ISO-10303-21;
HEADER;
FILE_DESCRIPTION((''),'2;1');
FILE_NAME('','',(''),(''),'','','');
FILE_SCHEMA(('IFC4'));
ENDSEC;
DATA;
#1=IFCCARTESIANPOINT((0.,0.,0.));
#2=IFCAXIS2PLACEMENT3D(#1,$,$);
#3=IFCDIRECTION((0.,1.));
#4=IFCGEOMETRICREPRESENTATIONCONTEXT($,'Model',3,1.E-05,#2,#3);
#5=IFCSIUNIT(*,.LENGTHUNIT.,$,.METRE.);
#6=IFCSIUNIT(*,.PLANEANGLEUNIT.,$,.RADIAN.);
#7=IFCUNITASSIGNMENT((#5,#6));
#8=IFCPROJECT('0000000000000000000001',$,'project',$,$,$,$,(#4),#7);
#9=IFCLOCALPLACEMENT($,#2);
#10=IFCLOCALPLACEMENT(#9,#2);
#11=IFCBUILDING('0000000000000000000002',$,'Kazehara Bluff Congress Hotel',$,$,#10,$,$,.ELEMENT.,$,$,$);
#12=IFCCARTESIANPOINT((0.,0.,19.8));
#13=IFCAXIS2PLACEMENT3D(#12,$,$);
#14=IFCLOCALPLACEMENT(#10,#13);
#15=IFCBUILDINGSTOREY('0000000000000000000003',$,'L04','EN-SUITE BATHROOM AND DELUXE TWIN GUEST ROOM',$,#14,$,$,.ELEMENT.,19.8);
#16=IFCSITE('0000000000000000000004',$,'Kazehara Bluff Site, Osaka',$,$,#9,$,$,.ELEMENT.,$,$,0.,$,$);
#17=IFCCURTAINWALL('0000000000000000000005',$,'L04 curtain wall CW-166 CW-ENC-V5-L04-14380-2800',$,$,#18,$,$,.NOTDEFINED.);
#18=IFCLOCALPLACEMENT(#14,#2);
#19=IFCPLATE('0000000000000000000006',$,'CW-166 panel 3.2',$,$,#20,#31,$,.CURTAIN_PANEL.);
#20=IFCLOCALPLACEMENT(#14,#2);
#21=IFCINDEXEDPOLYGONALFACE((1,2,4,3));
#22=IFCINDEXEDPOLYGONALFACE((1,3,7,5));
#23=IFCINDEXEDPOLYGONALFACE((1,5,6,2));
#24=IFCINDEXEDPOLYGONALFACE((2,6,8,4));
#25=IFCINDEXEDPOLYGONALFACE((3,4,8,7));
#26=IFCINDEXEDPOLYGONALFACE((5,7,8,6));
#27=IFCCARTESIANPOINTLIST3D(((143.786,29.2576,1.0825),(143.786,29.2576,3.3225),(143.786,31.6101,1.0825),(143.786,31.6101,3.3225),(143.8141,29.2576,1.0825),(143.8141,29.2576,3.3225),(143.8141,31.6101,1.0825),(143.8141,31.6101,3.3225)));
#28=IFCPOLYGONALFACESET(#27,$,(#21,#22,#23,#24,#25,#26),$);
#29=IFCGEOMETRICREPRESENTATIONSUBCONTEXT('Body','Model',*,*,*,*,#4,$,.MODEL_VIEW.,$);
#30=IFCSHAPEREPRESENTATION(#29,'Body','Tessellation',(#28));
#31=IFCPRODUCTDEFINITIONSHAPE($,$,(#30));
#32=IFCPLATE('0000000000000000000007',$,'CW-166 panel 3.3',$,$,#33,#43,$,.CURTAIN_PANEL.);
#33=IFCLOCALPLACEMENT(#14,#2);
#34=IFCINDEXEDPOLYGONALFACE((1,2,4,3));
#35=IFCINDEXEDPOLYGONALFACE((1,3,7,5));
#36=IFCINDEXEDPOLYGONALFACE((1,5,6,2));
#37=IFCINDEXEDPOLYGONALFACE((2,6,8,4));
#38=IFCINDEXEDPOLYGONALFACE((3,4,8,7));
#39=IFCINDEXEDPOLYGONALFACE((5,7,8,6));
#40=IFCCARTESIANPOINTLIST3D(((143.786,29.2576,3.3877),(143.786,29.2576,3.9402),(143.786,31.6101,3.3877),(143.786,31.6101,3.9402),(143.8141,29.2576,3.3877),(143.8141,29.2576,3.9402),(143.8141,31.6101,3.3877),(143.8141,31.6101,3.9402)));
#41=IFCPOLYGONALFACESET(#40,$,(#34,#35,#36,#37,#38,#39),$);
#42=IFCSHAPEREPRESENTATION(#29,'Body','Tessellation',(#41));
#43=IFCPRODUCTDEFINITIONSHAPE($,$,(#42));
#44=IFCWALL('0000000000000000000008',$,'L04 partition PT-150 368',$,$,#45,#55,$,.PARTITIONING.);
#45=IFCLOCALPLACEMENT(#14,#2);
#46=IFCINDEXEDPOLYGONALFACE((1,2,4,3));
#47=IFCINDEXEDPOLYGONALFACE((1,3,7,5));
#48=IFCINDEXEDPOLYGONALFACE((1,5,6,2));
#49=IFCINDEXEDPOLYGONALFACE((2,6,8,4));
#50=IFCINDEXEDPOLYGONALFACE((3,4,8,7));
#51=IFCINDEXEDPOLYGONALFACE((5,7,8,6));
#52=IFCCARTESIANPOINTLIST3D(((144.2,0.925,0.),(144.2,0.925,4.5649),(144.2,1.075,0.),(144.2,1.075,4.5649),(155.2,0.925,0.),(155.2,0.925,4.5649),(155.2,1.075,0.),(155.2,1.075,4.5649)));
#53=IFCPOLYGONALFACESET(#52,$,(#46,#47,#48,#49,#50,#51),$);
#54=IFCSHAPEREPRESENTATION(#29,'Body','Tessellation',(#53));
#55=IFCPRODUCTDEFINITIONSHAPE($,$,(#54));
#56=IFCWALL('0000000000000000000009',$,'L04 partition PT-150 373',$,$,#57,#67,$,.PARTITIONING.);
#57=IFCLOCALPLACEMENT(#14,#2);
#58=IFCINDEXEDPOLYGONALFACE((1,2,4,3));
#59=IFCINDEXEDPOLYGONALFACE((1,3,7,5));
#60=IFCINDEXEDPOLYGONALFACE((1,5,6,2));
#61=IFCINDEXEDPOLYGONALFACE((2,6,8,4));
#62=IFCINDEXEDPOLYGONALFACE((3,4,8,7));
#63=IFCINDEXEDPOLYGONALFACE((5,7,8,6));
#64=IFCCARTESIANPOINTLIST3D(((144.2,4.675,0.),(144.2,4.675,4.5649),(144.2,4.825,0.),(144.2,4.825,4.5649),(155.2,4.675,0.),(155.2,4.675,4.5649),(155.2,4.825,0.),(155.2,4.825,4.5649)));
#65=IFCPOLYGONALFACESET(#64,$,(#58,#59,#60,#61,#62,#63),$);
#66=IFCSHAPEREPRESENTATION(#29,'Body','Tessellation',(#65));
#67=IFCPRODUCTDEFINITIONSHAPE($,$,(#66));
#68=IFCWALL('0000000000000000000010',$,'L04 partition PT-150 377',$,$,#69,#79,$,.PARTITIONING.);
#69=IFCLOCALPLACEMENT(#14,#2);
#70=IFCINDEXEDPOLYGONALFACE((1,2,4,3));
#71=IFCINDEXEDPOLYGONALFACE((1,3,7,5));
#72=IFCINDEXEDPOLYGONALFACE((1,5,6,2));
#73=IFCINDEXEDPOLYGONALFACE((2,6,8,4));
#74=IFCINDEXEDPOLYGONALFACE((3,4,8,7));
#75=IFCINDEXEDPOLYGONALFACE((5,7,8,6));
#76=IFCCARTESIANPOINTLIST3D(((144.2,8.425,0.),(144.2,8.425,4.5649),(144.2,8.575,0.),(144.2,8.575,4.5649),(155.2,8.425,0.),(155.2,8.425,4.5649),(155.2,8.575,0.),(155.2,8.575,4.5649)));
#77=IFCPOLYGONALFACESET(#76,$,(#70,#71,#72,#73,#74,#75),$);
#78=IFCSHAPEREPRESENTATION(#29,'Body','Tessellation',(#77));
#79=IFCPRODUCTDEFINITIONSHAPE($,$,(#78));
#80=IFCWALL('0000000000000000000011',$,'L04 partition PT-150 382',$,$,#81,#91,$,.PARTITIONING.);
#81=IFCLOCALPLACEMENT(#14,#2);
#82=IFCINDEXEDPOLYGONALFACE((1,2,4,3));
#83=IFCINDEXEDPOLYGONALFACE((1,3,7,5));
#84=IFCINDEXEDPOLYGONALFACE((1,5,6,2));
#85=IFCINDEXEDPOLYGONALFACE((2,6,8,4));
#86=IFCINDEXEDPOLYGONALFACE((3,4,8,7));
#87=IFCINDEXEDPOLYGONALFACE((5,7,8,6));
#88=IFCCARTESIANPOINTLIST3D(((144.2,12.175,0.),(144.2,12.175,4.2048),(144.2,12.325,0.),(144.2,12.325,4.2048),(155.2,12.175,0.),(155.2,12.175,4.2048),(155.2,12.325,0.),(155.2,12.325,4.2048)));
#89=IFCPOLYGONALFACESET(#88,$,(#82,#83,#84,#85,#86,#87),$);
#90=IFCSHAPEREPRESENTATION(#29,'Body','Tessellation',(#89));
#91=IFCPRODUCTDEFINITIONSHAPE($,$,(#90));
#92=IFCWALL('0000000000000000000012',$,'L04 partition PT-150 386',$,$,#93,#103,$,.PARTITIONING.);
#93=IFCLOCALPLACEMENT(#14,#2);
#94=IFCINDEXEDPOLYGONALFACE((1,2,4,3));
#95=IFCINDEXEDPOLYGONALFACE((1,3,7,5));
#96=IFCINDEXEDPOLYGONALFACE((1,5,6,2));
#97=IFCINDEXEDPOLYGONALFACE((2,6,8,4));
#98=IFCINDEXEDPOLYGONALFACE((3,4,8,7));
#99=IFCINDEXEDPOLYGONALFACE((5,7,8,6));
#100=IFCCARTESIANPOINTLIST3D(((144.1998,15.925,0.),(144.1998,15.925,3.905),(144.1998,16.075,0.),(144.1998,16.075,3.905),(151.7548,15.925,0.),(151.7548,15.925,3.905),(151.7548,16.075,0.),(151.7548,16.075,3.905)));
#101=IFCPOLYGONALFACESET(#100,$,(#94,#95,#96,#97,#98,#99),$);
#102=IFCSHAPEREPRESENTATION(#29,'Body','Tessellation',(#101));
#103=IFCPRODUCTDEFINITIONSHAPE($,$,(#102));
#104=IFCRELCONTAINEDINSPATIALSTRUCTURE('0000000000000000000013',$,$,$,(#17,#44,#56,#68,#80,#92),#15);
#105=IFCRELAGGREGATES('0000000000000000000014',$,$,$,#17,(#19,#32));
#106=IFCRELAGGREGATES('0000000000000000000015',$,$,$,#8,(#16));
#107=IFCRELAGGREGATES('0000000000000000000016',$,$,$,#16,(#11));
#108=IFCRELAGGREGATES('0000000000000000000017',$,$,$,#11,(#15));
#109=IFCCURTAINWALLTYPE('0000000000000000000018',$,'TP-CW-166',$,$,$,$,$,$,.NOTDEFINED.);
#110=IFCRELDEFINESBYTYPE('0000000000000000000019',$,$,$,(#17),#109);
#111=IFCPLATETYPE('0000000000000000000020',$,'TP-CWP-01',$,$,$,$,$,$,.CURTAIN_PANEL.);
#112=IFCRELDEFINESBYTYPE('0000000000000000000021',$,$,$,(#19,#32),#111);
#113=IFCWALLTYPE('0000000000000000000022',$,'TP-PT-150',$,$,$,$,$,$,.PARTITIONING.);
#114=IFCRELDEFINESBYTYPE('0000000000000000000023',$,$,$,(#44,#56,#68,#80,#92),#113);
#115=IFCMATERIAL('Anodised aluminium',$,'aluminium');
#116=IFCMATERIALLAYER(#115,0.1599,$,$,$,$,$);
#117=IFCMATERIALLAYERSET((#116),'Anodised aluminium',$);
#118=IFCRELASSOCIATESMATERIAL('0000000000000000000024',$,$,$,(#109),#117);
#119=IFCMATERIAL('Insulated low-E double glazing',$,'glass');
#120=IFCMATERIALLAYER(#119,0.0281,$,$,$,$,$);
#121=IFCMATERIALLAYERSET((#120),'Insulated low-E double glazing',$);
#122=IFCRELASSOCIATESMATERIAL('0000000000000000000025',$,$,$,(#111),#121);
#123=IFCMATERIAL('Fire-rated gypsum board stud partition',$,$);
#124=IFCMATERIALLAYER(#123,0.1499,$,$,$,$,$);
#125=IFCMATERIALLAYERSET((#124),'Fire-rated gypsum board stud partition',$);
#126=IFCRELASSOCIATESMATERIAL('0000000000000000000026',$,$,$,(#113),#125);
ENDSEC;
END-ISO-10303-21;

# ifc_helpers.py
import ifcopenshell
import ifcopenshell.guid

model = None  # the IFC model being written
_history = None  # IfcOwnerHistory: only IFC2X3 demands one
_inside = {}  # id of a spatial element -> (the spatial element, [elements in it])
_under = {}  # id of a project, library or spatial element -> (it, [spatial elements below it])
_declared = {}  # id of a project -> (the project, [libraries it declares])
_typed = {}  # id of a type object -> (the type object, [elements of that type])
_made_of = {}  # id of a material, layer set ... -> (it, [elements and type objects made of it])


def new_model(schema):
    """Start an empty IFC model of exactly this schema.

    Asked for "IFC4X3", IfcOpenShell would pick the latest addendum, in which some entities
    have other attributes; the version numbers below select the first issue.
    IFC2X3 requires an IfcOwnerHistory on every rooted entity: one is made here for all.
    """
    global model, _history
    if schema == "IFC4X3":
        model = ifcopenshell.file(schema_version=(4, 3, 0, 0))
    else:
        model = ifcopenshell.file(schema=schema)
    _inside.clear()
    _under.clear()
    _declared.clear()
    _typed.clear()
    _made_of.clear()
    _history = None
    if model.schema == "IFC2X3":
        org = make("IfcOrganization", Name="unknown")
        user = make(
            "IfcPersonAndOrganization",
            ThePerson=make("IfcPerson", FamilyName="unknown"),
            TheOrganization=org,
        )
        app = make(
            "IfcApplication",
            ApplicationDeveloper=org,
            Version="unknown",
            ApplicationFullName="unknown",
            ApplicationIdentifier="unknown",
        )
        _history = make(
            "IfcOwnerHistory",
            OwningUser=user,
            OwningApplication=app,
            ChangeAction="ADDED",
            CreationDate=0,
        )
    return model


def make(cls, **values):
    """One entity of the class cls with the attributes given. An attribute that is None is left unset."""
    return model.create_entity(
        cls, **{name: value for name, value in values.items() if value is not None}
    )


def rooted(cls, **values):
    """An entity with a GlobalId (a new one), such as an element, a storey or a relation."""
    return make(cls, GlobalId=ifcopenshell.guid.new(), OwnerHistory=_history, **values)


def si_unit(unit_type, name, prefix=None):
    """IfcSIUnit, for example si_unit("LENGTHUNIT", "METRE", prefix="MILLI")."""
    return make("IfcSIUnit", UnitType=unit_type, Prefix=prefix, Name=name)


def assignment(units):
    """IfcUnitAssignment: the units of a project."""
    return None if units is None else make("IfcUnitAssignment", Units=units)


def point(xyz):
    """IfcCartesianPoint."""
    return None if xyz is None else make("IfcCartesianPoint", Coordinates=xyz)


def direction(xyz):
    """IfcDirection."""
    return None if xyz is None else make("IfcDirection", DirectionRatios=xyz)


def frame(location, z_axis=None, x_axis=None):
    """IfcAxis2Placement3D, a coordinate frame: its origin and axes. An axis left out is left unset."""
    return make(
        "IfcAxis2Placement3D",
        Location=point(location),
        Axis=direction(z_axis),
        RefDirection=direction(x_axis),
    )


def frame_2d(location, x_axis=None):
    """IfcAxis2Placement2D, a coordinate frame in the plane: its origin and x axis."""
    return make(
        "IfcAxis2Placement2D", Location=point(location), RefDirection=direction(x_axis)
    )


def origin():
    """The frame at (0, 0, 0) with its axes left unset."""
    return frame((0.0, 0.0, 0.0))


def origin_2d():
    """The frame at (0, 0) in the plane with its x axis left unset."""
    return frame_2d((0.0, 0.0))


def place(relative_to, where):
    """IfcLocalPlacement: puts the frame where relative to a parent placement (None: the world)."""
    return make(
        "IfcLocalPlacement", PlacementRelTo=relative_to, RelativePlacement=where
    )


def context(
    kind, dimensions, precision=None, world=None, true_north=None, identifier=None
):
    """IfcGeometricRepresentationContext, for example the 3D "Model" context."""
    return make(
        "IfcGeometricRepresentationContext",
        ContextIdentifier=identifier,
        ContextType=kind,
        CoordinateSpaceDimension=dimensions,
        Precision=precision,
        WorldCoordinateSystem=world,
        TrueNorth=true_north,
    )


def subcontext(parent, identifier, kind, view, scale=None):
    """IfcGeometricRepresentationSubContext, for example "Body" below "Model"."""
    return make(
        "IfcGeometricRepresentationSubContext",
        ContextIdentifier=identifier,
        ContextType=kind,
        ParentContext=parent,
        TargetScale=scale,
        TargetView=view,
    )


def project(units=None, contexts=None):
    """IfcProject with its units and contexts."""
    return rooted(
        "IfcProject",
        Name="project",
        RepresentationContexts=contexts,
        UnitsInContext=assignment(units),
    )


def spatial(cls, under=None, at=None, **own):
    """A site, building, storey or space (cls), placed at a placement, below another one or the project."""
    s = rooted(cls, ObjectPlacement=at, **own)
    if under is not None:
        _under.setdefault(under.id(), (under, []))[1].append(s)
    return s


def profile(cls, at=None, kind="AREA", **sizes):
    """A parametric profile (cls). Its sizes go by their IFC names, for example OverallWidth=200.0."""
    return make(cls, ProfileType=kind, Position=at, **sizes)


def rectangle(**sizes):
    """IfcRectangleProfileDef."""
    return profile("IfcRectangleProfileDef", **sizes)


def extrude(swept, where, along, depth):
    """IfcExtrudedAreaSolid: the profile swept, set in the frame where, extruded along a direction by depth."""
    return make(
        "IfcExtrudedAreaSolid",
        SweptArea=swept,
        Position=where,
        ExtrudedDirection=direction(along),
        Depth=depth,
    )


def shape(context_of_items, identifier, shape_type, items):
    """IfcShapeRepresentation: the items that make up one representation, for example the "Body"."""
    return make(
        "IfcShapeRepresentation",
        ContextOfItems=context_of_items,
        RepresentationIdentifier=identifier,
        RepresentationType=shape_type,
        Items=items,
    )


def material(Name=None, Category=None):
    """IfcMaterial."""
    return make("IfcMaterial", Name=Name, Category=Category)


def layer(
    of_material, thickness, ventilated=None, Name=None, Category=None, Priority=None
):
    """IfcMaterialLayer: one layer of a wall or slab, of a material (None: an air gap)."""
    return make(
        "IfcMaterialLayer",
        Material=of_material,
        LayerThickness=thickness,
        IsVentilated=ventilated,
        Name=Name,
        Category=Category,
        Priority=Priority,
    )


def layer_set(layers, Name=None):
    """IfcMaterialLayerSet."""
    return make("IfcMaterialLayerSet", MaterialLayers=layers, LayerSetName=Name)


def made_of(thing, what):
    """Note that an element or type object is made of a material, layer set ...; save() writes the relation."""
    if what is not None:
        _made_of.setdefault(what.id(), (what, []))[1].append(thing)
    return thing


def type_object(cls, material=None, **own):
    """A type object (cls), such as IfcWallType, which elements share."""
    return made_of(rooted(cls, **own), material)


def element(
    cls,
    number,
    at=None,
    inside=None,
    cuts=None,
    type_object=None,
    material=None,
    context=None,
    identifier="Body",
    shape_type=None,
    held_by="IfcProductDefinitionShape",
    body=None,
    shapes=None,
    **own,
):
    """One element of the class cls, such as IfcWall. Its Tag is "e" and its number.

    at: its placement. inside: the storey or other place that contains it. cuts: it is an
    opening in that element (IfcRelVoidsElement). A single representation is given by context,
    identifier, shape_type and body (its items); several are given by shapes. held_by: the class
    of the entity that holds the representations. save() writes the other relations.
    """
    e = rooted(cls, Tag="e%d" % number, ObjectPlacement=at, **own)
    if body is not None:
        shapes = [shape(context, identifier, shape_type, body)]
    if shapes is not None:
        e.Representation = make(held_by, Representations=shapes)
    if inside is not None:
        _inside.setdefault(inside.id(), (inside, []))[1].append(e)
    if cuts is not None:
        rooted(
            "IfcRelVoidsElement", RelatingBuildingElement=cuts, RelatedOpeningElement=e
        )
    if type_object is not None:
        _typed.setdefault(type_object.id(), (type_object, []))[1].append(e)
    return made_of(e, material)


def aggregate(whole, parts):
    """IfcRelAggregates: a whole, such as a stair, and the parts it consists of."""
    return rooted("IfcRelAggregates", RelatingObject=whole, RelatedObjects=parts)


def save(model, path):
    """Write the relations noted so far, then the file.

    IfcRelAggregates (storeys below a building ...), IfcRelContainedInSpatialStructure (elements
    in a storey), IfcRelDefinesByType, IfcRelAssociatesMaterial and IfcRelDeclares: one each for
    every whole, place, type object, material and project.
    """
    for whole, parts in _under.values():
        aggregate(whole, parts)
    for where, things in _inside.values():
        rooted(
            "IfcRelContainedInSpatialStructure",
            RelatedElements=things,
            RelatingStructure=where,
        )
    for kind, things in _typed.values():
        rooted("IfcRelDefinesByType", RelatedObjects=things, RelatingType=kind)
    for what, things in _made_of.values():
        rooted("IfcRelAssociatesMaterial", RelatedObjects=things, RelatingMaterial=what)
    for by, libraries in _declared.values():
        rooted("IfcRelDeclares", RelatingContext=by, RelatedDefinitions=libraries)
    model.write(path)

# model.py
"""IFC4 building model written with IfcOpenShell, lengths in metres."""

from ifc_helpers import new_model, si_unit, direction, frame, frame_2d, origin, origin_2d, place, context, subcontext, project, spatial, rectangle, extrude, material, layer, layer_set, type_object, element, aggregate, save


model = new_model("IFC4")

# Units and contexts
model_context = context("Model", 3, precision=1e-05, world=origin(), true_north=direction((0.0, 1.0)))
body_context = subcontext(model_context, "Body", "Model", "MODEL_VIEW")
ifc_project = project(units=[si_unit("LENGTHUNIT", "METRE"), si_unit("PLANEANGLEUNIT", "RADIAN")], contexts=[model_context])

# Site, building, storey
site_placement = place(None, origin())
site = spatial("IfcSite", under=ifc_project, at=site_placement, Name="Kazehara Bluff Site, Osaka", CompositionType="ELEMENT", RefElevation=0.0)
building_placement = place(site_placement, origin())
building = spatial("IfcBuilding", under=site, at=building_placement, Name="Kazehara Bluff Congress Hotel", CompositionType="ELEMENT")
storey_placement = place(building_placement, frame((0.0, 0.0, 19.8)))
storey = spatial("IfcBuildingStorey", under=building, at=storey_placement, Name="L04", Description="EN-SUITE BATHROOM AND DELUXE TWIN GUEST ROOM", CompositionType="ELEMENT", Elevation=19.8)

# Curtain wall
ifc_material_1 = material(Name="Anodised aluminium", Category="aluminium")
ifc_layer_1 = layer(ifc_material_1, 0.1599)
ifc_layer_set_1 = layer_set([ifc_layer_1], Name="Anodised aluminium")
curtain_wall_type_1 = type_object("IfcCurtainWallType", Name="TP-CW-166", PredefinedType="NOTDEFINED", material=ifc_layer_set_1)
curtain_wall_1_placement = place(storey_placement, origin())
curtain_wall_1 = element("IfcCurtainWall", 1, at=curtain_wall_1_placement, inside=storey, type_object=curtain_wall_type_1, Name="L04 curtain wall CW-166 CW-ENC-V5-L04-14380-2800", PredefinedType="NOTDEFINED")

# Plates
ifc_material_2 = material(Name="Insulated low-E double glazing", Category="glass")
ifc_layer_2 = layer(ifc_material_2, 0.0281)
ifc_layer_set_2 = layer_set([ifc_layer_2], Name="Insulated low-E double glazing")
plate_type = type_object("IfcPlateType", Name="TP-CWP-01", PredefinedType="CURTAIN_PANEL", material=ifc_layer_set_2)
plate_1_placement = place(storey_placement, frame((143.8, 30.4338, 1.0825), z_axis=(0.0, 0.0, 1.0), x_axis=(0.0, 1.0, 0.0)))
plate_1 = element("IfcPlate", 2, at=plate_1_placement, type_object=plate_type, Name="CW-166 panel 3.2", PredefinedType="CURTAIN_PANEL", context=body_context, shape_type="SweptSolid", body=[
    extrude(rectangle(XDim=2.3525, YDim=0.0281, at=origin_2d()), origin(), (0.0, 0.0, 1.0), 2.24),
])
plate_2_placement = place(storey_placement, frame((143.8, 30.4338, 3.3877), z_axis=(0.0, 0.0, 1.0), x_axis=(0.0, 1.0, 0.0)))
plate_2 = element("IfcPlate", 3, at=plate_2_placement, type_object=plate_type, Name="CW-166 panel 3.3", PredefinedType="CURTAIN_PANEL", context=body_context, shape_type="SweptSolid", body=[
    extrude(rectangle(XDim=2.3525, YDim=0.0281, at=origin_2d()), origin(), (0.0, 0.0, 1.0), 0.5525),
])
aggregate(curtain_wall_1, [plate_1, plate_2])

# Walls
ifc_material_3 = material(Name="Fire-rated gypsum board stud partition")
ifc_layer_3 = layer(ifc_material_3, 0.1499)
ifc_layer_set_3 = layer_set([ifc_layer_3], Name="Fire-rated gypsum board stud partition")
wall_type = type_object("IfcWallType", Name="TP-PT-150", PredefinedType="PARTITIONING", material=ifc_layer_set_3)
for number, where, z_axis, x_axis, name in (
    (4, (144.2, 1.0, 0.0), (0.0, 0.0, 1.0), (1.0, 0.0, 0.0), "L04 partition PT-150 368"),
    (5, (144.2, 4.75, 0.0), (0.0, 0.0, 1.0), (1.0, 0.0, 0.0), "L04 partition PT-150 373"),
    (6, (144.2, 8.5, 0.0), (0.0, 0.0, 1.0), (1.0, 0.0, 0.0), "L04 partition PT-150 377"),
):
    element("IfcWall", number, at=place(storey_placement, frame(where, z_axis=z_axis, x_axis=x_axis)), inside=storey, type_object=wall_type, Name=name, PredefinedType="PARTITIONING", context=body_context, shape_type="SweptSolid", body=[
        extrude(rectangle(XDim=11.0, YDim=0.1499, at=frame_2d((5.5, 0.0))), origin(), (0.0, 0.0, 1.0), 4.5649),
    ])
wall_1_placement = place(storey_placement, frame((144.2, 12.25, 0.0), z_axis=(0.0, 0.0, 1.0), x_axis=(1.0, 0.0, 0.0)))
element("IfcWall", 7, at=wall_1_placement, inside=storey, type_object=wall_type, Name="L04 partition PT-150 382", PredefinedType="PARTITIONING", context=body_context, shape_type="SweptSolid", body=[
    extrude(rectangle(XDim=11.0, YDim=0.1499, at=frame_2d((5.5, 0.0))), origin(), (0.0, 0.0, 1.0), 4.2048),
])
wall_2_placement = place(storey_placement, frame((144.2, 16.0, 0.0), z_axis=(0.0, 0.0, 1.0), x_axis=(1.0, 0.0, 0.0)))
element("IfcWall", 8, at=wall_2_placement, inside=storey, type_object=wall_type, Name="L04 partition PT-150 386", PredefinedType="PARTITIONING", context=body_context, shape_type="SweptSolid", body=[
    extrude(rectangle(XDim=7.5549, YDim=0.1499, at=frame_2d((3.7773, 0.0))), origin(), (0.0, 0.0, 1.0), 3.905),
])

save(model, "model.ifc")
